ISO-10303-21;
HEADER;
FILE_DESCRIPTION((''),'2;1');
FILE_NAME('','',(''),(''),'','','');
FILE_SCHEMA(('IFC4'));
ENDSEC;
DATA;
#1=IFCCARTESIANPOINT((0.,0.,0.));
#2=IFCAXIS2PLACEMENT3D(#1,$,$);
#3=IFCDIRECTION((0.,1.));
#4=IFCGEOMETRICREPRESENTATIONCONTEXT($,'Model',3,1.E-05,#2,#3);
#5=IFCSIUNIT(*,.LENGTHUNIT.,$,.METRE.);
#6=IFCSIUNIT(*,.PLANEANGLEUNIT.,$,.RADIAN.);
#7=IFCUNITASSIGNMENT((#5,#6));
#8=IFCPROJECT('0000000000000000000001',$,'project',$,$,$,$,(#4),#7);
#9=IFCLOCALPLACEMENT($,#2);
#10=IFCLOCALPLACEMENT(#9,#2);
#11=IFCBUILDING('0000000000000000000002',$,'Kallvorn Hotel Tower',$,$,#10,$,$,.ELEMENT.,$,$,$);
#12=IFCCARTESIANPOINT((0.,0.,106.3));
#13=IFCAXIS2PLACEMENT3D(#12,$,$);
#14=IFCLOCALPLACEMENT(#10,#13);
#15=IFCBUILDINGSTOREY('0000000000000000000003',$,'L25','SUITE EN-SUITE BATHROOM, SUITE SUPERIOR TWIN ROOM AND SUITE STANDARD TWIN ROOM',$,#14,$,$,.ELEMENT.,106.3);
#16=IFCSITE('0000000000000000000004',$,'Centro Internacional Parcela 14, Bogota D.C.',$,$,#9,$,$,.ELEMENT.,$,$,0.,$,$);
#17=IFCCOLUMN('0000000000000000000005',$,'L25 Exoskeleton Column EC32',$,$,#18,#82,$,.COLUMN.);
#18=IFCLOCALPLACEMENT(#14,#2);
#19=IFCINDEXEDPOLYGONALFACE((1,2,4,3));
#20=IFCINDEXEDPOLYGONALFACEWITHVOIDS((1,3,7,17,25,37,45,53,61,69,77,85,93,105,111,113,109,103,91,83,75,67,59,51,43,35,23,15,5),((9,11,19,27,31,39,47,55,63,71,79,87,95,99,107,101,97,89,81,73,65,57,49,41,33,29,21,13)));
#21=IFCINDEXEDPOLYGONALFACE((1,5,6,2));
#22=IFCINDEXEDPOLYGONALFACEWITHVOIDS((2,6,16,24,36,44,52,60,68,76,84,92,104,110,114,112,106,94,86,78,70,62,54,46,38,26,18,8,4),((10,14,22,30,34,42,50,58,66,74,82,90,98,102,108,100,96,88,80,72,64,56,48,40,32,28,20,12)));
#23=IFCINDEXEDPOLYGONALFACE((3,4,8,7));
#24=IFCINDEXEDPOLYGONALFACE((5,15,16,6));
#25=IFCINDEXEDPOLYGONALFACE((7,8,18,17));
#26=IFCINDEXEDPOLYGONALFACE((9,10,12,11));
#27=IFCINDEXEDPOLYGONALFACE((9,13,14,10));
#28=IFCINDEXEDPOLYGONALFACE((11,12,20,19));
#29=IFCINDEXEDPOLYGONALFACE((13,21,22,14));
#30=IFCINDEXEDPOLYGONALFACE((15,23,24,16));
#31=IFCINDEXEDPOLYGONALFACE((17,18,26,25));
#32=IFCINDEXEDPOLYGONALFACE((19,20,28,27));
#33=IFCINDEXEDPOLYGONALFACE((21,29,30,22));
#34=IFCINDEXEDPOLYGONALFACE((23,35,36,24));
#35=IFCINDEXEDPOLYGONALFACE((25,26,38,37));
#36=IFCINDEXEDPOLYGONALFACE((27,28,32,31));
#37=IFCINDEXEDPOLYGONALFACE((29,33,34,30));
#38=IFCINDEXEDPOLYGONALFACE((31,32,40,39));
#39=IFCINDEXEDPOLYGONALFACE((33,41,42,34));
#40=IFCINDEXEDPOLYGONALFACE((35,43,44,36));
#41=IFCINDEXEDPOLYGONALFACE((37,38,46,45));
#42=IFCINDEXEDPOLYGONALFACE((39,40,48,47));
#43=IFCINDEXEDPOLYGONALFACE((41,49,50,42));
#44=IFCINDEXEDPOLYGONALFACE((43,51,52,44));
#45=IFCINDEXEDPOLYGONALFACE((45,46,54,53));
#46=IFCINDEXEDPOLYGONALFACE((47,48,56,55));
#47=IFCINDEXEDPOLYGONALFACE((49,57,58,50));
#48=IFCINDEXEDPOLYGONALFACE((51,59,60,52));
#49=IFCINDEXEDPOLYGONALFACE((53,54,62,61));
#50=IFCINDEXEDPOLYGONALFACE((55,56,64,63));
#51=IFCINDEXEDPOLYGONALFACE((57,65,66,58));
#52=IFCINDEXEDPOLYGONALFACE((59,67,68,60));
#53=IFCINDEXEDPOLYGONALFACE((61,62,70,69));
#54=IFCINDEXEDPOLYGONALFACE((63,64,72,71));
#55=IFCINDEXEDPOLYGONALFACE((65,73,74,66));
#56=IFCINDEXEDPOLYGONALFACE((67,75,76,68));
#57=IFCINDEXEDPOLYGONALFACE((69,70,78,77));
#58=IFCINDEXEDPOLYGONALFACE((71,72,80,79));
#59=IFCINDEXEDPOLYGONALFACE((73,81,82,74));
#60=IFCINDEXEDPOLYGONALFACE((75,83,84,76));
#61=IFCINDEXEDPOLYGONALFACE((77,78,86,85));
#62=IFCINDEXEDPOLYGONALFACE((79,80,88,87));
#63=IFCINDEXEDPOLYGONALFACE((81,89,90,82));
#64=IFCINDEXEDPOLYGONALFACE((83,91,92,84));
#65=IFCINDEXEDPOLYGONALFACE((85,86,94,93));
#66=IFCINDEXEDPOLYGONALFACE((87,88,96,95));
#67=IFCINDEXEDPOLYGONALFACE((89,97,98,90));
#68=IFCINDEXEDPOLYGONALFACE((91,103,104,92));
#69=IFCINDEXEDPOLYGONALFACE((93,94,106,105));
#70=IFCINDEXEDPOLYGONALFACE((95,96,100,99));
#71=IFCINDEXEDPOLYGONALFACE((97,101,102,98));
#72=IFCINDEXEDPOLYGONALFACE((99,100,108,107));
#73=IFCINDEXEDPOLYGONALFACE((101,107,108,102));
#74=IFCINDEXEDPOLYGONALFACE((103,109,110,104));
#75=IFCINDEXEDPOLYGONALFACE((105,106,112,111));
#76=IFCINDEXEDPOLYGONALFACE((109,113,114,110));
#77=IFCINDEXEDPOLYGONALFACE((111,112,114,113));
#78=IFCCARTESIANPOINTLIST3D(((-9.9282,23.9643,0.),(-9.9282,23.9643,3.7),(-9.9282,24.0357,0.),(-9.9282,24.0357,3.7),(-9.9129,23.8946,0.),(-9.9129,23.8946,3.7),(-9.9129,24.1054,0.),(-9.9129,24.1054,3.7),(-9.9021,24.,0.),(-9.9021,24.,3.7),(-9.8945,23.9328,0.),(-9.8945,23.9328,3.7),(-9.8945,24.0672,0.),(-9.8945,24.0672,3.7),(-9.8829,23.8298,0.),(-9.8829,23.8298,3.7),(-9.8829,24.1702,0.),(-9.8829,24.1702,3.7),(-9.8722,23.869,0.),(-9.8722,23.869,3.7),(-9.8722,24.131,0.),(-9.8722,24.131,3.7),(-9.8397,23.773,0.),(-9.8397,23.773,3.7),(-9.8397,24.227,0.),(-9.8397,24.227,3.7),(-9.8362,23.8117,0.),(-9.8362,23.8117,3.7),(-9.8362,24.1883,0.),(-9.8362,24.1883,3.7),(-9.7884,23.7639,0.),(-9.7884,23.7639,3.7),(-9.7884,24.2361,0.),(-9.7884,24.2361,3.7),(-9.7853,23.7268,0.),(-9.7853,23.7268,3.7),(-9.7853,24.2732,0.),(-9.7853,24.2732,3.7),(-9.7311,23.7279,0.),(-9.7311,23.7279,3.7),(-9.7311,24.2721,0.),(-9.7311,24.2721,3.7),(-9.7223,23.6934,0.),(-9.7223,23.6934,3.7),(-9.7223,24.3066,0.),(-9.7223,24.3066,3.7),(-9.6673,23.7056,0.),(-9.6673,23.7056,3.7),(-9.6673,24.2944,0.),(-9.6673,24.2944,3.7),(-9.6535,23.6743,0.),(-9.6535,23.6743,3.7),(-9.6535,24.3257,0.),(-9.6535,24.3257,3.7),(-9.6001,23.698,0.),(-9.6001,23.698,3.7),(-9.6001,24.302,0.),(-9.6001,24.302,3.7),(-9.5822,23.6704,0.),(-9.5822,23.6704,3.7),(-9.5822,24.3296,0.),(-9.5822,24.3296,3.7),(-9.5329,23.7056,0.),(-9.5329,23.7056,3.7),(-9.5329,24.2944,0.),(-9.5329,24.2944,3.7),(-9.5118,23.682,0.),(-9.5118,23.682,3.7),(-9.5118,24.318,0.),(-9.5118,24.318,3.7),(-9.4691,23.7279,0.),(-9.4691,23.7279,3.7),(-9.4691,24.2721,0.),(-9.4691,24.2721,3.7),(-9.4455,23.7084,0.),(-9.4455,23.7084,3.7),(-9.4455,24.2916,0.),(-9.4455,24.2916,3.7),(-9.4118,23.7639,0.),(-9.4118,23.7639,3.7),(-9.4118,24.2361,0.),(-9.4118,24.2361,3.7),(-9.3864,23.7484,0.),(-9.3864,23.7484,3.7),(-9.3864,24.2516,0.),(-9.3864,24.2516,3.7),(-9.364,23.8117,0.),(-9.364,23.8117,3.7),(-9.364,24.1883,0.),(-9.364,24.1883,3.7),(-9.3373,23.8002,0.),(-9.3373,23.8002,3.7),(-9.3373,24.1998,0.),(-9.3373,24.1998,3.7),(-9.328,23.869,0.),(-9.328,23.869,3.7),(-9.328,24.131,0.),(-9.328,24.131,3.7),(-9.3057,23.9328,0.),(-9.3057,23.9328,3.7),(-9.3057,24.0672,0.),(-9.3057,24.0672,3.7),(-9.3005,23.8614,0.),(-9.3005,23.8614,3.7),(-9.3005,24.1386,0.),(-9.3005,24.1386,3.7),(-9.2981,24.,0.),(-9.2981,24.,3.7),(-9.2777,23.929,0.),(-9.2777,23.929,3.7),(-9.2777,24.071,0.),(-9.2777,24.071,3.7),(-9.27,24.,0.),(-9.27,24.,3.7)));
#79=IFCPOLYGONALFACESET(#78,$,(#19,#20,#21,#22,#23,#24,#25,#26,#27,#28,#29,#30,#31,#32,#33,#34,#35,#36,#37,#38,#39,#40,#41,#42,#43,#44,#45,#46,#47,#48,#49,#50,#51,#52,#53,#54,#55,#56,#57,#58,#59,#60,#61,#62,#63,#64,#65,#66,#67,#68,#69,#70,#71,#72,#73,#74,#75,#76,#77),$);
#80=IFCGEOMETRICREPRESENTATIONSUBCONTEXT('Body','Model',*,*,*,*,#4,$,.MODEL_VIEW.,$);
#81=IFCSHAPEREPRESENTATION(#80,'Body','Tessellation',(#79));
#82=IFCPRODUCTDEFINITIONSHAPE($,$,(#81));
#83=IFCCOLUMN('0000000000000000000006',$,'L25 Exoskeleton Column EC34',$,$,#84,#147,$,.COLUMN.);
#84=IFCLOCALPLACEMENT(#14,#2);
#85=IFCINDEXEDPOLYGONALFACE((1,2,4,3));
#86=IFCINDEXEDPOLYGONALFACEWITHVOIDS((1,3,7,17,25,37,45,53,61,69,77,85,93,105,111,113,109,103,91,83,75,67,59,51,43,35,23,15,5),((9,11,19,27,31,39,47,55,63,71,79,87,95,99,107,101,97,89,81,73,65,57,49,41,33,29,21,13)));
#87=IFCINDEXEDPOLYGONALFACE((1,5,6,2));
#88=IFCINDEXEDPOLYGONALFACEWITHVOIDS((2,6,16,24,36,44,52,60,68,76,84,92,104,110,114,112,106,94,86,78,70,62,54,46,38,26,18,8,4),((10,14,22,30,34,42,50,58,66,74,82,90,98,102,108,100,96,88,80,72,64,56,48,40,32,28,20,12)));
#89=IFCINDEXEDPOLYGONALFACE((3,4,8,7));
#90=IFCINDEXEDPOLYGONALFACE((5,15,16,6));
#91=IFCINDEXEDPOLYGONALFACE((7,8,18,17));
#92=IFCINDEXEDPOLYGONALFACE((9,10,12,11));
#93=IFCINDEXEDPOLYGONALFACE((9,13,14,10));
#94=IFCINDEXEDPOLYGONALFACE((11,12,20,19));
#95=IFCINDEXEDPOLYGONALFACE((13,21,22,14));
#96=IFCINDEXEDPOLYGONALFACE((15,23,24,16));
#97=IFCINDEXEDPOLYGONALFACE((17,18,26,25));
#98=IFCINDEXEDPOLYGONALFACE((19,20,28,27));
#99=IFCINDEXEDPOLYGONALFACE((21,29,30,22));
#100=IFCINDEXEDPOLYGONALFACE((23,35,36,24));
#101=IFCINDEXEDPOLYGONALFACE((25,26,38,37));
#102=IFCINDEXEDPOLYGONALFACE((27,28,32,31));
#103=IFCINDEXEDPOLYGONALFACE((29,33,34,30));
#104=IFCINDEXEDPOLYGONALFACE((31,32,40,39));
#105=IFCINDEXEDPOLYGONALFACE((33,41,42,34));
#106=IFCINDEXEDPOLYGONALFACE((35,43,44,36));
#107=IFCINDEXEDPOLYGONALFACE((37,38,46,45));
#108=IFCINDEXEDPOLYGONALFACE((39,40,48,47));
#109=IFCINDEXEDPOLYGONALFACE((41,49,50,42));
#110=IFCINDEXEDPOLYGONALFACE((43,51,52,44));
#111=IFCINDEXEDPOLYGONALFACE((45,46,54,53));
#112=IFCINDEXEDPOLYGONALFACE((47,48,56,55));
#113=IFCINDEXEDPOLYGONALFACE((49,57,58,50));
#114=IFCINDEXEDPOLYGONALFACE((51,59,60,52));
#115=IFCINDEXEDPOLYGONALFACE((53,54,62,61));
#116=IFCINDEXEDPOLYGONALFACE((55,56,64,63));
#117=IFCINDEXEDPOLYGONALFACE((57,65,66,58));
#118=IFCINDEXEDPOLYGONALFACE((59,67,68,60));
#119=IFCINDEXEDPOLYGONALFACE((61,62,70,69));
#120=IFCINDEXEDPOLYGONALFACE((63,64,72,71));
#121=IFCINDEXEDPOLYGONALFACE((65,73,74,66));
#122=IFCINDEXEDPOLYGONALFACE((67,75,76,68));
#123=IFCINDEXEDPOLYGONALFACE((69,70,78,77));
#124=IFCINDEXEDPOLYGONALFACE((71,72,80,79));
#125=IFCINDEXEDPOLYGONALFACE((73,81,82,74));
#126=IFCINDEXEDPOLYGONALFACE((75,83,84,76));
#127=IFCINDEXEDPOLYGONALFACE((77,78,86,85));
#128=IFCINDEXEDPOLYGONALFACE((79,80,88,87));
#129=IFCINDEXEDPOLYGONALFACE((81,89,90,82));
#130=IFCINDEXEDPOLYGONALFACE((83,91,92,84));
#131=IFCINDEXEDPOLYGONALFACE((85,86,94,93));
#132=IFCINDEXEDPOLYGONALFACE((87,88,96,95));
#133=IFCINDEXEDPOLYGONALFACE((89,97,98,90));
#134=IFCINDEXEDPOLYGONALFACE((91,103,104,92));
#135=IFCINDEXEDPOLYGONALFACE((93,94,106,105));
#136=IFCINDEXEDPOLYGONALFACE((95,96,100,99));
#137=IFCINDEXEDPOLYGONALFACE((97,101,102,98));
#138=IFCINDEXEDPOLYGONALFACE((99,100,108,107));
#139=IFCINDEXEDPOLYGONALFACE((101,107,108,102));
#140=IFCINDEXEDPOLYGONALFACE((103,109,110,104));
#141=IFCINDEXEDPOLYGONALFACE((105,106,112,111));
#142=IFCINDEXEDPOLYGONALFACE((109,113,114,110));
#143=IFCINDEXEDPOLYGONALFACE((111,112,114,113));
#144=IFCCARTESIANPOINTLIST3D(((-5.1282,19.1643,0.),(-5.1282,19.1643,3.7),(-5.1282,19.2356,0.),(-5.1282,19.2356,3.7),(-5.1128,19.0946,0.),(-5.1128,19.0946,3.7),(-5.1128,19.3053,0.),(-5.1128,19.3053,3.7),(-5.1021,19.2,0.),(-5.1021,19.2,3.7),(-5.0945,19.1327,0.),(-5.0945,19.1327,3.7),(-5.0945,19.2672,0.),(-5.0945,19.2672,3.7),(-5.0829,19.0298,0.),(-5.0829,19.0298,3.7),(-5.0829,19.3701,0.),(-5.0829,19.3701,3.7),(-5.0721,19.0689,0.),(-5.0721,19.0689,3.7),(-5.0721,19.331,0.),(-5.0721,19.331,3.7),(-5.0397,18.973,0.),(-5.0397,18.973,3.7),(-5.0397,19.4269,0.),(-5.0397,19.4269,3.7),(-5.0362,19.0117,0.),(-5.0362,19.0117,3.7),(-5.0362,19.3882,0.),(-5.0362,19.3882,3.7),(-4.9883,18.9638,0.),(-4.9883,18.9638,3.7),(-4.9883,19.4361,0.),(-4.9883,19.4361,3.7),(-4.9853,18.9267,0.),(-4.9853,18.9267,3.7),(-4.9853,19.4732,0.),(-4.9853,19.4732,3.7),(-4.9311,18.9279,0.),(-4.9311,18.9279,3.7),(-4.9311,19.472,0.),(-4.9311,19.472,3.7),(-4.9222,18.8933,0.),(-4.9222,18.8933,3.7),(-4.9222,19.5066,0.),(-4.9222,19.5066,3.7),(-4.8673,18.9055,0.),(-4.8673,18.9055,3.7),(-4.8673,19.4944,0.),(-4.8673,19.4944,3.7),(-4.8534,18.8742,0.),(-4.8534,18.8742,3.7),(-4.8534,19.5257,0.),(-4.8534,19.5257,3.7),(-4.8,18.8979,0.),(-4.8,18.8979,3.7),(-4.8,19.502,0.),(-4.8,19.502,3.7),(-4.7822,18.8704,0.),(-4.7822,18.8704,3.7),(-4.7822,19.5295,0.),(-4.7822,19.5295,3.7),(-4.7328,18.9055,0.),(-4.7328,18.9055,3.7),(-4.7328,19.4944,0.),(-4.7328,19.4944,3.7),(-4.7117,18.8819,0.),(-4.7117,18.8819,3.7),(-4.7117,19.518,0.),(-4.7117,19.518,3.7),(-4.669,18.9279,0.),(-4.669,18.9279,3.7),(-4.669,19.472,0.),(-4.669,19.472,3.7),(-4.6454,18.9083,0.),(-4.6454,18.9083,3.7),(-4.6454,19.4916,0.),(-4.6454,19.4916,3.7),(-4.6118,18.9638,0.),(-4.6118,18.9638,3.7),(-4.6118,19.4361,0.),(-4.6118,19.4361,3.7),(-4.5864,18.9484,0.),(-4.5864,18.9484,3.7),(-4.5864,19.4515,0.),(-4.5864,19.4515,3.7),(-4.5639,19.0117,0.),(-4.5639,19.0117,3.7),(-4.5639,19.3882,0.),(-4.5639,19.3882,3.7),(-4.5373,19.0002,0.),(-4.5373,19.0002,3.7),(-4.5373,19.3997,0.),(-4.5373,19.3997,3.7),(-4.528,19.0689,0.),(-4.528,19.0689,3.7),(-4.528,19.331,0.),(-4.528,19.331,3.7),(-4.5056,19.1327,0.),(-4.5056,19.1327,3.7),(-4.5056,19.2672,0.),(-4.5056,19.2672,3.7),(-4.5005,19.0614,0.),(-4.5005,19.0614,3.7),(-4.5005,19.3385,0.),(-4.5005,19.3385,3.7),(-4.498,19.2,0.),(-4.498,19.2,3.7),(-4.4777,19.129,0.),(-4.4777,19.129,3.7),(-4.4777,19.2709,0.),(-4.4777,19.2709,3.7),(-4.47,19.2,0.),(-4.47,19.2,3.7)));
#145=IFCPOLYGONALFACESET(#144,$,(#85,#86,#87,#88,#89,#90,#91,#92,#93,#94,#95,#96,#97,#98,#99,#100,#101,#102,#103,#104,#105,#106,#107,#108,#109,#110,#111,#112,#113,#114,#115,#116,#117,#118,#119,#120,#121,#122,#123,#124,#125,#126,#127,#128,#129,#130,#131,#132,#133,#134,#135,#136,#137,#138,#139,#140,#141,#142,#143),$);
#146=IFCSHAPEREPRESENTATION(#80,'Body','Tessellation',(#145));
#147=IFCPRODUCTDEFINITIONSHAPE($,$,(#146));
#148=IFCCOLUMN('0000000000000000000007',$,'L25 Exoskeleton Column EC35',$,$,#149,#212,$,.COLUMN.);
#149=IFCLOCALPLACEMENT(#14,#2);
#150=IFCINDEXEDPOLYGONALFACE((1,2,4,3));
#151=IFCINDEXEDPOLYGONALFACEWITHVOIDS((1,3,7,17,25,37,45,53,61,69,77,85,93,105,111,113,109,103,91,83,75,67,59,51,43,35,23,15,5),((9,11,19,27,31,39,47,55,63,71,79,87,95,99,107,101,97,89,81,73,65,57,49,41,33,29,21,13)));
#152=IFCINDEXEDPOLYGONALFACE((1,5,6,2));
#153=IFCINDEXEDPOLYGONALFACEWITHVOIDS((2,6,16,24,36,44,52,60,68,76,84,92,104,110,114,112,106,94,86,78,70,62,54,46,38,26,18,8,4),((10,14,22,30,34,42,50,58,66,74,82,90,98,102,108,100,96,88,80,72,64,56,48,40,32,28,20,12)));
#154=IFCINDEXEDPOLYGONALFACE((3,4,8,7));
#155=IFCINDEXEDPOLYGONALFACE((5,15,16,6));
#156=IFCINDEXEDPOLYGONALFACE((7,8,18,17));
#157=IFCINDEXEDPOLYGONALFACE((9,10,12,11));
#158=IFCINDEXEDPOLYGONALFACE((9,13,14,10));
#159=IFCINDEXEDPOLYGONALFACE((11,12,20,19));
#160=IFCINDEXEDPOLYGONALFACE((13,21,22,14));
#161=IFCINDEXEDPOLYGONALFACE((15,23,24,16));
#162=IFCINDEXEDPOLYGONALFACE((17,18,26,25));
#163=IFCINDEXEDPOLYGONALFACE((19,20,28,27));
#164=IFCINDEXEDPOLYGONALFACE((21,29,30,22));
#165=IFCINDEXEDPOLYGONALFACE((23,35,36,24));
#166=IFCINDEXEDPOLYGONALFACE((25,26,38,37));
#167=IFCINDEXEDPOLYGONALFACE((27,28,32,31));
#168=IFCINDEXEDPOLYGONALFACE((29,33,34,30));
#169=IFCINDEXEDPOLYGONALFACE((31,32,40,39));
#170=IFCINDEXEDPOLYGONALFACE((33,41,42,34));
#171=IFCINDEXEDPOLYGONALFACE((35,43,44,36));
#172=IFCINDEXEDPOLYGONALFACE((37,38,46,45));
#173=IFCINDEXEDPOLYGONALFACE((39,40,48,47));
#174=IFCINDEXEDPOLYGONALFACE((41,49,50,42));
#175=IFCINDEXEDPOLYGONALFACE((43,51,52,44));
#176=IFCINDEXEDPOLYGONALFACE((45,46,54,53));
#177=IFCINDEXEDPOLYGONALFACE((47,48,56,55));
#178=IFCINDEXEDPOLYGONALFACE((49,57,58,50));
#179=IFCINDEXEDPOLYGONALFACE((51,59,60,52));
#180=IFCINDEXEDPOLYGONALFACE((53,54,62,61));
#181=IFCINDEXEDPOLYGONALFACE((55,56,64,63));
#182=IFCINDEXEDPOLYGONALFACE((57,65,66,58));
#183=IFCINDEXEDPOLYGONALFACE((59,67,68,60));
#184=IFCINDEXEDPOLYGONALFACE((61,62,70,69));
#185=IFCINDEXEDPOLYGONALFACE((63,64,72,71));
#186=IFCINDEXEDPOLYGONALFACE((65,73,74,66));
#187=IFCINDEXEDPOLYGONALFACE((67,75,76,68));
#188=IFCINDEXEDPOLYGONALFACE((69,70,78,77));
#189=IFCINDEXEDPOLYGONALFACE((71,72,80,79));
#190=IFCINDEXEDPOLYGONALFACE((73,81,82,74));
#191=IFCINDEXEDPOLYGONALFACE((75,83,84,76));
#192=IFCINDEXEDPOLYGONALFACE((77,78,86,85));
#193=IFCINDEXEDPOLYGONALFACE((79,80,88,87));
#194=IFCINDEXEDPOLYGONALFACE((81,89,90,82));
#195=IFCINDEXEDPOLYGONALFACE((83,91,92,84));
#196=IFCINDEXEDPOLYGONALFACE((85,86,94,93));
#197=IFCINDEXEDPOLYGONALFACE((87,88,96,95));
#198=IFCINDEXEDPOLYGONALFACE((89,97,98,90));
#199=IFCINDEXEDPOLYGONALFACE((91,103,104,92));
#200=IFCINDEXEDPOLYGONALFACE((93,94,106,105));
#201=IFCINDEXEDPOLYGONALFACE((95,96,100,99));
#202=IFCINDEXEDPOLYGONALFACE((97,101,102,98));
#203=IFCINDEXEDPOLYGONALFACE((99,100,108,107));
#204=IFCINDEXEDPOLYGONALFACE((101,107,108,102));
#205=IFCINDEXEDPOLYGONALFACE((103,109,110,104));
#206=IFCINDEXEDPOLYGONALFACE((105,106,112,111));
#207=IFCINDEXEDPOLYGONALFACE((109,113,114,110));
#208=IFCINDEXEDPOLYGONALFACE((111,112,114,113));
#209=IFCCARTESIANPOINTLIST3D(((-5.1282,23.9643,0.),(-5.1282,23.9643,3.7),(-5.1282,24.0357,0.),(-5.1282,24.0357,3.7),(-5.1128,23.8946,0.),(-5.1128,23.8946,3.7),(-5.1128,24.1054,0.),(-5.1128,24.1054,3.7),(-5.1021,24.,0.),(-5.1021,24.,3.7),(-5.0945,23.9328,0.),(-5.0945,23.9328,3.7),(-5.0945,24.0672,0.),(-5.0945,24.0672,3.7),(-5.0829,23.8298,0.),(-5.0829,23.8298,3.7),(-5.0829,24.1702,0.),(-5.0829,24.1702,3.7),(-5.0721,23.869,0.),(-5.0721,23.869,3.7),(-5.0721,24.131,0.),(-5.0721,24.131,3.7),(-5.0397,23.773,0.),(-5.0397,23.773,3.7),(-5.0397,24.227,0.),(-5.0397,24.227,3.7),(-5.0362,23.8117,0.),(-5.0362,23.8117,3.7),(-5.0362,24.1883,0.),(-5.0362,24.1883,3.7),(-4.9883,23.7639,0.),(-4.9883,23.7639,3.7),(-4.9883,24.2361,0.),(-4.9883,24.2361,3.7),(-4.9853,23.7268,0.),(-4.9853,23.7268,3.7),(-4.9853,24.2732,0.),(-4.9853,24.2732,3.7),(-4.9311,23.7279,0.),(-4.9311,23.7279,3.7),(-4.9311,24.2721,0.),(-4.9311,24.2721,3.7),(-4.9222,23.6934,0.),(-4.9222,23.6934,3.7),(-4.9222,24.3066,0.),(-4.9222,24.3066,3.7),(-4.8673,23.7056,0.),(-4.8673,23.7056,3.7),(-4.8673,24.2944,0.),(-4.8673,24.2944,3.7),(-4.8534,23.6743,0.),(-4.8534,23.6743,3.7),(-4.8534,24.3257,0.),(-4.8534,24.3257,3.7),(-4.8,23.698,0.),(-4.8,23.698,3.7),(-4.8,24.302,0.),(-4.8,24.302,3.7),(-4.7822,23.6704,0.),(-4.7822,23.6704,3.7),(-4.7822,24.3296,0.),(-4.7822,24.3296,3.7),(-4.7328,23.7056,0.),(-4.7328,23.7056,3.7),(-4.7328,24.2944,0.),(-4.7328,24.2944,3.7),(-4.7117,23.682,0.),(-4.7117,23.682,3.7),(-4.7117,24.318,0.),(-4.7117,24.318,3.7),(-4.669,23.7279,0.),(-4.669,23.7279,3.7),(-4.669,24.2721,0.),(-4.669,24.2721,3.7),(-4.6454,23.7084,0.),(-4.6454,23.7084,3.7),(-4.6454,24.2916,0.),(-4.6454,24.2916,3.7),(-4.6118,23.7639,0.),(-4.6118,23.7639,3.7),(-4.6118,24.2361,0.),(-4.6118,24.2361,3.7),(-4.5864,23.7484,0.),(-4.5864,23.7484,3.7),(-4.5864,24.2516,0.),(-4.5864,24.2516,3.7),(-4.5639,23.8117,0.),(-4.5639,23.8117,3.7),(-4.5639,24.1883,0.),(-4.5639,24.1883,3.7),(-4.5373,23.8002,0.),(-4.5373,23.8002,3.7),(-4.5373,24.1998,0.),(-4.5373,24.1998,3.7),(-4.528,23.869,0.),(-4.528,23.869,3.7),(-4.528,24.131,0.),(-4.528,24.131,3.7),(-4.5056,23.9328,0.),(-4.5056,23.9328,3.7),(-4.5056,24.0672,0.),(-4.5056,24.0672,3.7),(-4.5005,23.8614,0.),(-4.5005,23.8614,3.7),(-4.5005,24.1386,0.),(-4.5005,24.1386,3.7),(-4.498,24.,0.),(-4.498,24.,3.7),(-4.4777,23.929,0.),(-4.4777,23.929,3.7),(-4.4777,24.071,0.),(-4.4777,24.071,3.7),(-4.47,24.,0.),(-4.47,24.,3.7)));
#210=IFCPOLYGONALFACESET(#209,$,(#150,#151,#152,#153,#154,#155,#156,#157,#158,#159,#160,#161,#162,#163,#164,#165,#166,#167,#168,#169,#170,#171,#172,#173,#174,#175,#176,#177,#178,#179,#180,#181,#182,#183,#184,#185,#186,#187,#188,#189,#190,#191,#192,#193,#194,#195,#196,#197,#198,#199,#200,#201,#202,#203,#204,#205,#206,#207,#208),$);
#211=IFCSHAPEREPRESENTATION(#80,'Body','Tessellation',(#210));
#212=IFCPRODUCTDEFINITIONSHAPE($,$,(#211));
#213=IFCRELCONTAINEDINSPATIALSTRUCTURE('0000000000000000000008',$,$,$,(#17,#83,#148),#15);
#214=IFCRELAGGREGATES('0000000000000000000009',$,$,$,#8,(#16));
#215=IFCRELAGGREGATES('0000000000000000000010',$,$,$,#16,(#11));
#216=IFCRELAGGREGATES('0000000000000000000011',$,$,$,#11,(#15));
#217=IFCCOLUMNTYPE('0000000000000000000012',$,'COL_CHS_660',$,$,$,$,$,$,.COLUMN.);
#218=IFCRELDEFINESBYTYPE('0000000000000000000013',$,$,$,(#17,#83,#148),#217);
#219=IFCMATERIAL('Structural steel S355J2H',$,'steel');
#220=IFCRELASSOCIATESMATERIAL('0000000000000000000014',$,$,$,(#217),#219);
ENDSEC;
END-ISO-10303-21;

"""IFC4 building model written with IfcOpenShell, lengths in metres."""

from ifc_helpers import new_model, si_unit, direction, frame, origin, origin_2d, place, context, subcontext, project, spatial, hollow_circle, extrude, material, material_profile, profile_set, type_object, element, save


model = new_model("IFC4")

# Units and contexts
model_context = context("Model", 3, precision=1e-05, world=origin(), true_north=direction((0.0, 1.0)))
body_context = subcontext(model_context, "Body", "Model", "MODEL_VIEW")
ifc_project = project(units=[si_unit("LENGTHUNIT", "METRE"), si_unit("PLANEANGLEUNIT", "RADIAN")], contexts=[model_context])

# Site, building, storey
site_placement = place(None, origin())
site = spatial("IfcSite", under=ifc_project, at=site_placement, Name="Centro Internacional Parcela 14, Bogota D.C.", CompositionType="ELEMENT", RefElevation=0.0)
building_placement = place(site_placement, origin())
building = spatial("IfcBuilding", under=site, at=building_placement, Name="Kallvorn Hotel Tower", CompositionType="ELEMENT")
storey_placement = place(building_placement, frame((0.0, 0.0, 106.3)))
storey = spatial("IfcBuildingStorey", under=building, at=storey_placement, Name="L25", Description="SUITE EN-SUITE BATHROOM, SUITE SUPERIOR TWIN ROOM AND SUITE STANDARD TWIN ROOM", CompositionType="ELEMENT", Elevation=106.3)

# Columns
ifc_material_1 = material(Name="Structural steel S355J2H", Category="steel")
ifc_material_profile_1 = material_profile(ifc_material_1, hollow_circle(Radius=0.3301, WallThickness=0.0281, at=origin_2d()), Name="CHS 660x28")
ifc_profile_set_1 = profile_set([ifc_material_profile_1], Name="Structural steel S355J2H")
column_type_1 = type_object("IfcColumnType", Name="COL_CHS_660", PredefinedType="COLUMN", material=ifc_profile_set_1)
for number, where, z_axis, x_axis, name in (
    (1, (-9.6001, 24.0, 0.0), (0.0, 0.0, 1.0), (1.0, 0.0, 0.0), "L25 Exoskeleton Column EC32"),
    (2, (-4.8, 19.2, 0.0), (0.0, 0.0, 1.0), (1.0, 0.0, 0.0), "L25 Exoskeleton Column EC34"),
    (3, (-4.8, 24.0, 0.0), (0.0, 0.0, 1.0), (1.0, 0.0, 0.0), "L25 Exoskeleton Column EC35"),
):
    element("IfcColumn", number, at=place(storey_placement, frame(where, z_axis=z_axis, x_axis=x_axis)), inside=storey, type_object=column_type_1, Name=name, PredefinedType="COLUMN", context=body_context, shape_type="SweptSolid", body=[
        extrude(hollow_circle(Radius=0.3301, WallThickness=0.0281, at=origin_2d()), origin(), (0.0, 0.0, 1.0), 3.7),
    ])

save(model, "model.ifc")
